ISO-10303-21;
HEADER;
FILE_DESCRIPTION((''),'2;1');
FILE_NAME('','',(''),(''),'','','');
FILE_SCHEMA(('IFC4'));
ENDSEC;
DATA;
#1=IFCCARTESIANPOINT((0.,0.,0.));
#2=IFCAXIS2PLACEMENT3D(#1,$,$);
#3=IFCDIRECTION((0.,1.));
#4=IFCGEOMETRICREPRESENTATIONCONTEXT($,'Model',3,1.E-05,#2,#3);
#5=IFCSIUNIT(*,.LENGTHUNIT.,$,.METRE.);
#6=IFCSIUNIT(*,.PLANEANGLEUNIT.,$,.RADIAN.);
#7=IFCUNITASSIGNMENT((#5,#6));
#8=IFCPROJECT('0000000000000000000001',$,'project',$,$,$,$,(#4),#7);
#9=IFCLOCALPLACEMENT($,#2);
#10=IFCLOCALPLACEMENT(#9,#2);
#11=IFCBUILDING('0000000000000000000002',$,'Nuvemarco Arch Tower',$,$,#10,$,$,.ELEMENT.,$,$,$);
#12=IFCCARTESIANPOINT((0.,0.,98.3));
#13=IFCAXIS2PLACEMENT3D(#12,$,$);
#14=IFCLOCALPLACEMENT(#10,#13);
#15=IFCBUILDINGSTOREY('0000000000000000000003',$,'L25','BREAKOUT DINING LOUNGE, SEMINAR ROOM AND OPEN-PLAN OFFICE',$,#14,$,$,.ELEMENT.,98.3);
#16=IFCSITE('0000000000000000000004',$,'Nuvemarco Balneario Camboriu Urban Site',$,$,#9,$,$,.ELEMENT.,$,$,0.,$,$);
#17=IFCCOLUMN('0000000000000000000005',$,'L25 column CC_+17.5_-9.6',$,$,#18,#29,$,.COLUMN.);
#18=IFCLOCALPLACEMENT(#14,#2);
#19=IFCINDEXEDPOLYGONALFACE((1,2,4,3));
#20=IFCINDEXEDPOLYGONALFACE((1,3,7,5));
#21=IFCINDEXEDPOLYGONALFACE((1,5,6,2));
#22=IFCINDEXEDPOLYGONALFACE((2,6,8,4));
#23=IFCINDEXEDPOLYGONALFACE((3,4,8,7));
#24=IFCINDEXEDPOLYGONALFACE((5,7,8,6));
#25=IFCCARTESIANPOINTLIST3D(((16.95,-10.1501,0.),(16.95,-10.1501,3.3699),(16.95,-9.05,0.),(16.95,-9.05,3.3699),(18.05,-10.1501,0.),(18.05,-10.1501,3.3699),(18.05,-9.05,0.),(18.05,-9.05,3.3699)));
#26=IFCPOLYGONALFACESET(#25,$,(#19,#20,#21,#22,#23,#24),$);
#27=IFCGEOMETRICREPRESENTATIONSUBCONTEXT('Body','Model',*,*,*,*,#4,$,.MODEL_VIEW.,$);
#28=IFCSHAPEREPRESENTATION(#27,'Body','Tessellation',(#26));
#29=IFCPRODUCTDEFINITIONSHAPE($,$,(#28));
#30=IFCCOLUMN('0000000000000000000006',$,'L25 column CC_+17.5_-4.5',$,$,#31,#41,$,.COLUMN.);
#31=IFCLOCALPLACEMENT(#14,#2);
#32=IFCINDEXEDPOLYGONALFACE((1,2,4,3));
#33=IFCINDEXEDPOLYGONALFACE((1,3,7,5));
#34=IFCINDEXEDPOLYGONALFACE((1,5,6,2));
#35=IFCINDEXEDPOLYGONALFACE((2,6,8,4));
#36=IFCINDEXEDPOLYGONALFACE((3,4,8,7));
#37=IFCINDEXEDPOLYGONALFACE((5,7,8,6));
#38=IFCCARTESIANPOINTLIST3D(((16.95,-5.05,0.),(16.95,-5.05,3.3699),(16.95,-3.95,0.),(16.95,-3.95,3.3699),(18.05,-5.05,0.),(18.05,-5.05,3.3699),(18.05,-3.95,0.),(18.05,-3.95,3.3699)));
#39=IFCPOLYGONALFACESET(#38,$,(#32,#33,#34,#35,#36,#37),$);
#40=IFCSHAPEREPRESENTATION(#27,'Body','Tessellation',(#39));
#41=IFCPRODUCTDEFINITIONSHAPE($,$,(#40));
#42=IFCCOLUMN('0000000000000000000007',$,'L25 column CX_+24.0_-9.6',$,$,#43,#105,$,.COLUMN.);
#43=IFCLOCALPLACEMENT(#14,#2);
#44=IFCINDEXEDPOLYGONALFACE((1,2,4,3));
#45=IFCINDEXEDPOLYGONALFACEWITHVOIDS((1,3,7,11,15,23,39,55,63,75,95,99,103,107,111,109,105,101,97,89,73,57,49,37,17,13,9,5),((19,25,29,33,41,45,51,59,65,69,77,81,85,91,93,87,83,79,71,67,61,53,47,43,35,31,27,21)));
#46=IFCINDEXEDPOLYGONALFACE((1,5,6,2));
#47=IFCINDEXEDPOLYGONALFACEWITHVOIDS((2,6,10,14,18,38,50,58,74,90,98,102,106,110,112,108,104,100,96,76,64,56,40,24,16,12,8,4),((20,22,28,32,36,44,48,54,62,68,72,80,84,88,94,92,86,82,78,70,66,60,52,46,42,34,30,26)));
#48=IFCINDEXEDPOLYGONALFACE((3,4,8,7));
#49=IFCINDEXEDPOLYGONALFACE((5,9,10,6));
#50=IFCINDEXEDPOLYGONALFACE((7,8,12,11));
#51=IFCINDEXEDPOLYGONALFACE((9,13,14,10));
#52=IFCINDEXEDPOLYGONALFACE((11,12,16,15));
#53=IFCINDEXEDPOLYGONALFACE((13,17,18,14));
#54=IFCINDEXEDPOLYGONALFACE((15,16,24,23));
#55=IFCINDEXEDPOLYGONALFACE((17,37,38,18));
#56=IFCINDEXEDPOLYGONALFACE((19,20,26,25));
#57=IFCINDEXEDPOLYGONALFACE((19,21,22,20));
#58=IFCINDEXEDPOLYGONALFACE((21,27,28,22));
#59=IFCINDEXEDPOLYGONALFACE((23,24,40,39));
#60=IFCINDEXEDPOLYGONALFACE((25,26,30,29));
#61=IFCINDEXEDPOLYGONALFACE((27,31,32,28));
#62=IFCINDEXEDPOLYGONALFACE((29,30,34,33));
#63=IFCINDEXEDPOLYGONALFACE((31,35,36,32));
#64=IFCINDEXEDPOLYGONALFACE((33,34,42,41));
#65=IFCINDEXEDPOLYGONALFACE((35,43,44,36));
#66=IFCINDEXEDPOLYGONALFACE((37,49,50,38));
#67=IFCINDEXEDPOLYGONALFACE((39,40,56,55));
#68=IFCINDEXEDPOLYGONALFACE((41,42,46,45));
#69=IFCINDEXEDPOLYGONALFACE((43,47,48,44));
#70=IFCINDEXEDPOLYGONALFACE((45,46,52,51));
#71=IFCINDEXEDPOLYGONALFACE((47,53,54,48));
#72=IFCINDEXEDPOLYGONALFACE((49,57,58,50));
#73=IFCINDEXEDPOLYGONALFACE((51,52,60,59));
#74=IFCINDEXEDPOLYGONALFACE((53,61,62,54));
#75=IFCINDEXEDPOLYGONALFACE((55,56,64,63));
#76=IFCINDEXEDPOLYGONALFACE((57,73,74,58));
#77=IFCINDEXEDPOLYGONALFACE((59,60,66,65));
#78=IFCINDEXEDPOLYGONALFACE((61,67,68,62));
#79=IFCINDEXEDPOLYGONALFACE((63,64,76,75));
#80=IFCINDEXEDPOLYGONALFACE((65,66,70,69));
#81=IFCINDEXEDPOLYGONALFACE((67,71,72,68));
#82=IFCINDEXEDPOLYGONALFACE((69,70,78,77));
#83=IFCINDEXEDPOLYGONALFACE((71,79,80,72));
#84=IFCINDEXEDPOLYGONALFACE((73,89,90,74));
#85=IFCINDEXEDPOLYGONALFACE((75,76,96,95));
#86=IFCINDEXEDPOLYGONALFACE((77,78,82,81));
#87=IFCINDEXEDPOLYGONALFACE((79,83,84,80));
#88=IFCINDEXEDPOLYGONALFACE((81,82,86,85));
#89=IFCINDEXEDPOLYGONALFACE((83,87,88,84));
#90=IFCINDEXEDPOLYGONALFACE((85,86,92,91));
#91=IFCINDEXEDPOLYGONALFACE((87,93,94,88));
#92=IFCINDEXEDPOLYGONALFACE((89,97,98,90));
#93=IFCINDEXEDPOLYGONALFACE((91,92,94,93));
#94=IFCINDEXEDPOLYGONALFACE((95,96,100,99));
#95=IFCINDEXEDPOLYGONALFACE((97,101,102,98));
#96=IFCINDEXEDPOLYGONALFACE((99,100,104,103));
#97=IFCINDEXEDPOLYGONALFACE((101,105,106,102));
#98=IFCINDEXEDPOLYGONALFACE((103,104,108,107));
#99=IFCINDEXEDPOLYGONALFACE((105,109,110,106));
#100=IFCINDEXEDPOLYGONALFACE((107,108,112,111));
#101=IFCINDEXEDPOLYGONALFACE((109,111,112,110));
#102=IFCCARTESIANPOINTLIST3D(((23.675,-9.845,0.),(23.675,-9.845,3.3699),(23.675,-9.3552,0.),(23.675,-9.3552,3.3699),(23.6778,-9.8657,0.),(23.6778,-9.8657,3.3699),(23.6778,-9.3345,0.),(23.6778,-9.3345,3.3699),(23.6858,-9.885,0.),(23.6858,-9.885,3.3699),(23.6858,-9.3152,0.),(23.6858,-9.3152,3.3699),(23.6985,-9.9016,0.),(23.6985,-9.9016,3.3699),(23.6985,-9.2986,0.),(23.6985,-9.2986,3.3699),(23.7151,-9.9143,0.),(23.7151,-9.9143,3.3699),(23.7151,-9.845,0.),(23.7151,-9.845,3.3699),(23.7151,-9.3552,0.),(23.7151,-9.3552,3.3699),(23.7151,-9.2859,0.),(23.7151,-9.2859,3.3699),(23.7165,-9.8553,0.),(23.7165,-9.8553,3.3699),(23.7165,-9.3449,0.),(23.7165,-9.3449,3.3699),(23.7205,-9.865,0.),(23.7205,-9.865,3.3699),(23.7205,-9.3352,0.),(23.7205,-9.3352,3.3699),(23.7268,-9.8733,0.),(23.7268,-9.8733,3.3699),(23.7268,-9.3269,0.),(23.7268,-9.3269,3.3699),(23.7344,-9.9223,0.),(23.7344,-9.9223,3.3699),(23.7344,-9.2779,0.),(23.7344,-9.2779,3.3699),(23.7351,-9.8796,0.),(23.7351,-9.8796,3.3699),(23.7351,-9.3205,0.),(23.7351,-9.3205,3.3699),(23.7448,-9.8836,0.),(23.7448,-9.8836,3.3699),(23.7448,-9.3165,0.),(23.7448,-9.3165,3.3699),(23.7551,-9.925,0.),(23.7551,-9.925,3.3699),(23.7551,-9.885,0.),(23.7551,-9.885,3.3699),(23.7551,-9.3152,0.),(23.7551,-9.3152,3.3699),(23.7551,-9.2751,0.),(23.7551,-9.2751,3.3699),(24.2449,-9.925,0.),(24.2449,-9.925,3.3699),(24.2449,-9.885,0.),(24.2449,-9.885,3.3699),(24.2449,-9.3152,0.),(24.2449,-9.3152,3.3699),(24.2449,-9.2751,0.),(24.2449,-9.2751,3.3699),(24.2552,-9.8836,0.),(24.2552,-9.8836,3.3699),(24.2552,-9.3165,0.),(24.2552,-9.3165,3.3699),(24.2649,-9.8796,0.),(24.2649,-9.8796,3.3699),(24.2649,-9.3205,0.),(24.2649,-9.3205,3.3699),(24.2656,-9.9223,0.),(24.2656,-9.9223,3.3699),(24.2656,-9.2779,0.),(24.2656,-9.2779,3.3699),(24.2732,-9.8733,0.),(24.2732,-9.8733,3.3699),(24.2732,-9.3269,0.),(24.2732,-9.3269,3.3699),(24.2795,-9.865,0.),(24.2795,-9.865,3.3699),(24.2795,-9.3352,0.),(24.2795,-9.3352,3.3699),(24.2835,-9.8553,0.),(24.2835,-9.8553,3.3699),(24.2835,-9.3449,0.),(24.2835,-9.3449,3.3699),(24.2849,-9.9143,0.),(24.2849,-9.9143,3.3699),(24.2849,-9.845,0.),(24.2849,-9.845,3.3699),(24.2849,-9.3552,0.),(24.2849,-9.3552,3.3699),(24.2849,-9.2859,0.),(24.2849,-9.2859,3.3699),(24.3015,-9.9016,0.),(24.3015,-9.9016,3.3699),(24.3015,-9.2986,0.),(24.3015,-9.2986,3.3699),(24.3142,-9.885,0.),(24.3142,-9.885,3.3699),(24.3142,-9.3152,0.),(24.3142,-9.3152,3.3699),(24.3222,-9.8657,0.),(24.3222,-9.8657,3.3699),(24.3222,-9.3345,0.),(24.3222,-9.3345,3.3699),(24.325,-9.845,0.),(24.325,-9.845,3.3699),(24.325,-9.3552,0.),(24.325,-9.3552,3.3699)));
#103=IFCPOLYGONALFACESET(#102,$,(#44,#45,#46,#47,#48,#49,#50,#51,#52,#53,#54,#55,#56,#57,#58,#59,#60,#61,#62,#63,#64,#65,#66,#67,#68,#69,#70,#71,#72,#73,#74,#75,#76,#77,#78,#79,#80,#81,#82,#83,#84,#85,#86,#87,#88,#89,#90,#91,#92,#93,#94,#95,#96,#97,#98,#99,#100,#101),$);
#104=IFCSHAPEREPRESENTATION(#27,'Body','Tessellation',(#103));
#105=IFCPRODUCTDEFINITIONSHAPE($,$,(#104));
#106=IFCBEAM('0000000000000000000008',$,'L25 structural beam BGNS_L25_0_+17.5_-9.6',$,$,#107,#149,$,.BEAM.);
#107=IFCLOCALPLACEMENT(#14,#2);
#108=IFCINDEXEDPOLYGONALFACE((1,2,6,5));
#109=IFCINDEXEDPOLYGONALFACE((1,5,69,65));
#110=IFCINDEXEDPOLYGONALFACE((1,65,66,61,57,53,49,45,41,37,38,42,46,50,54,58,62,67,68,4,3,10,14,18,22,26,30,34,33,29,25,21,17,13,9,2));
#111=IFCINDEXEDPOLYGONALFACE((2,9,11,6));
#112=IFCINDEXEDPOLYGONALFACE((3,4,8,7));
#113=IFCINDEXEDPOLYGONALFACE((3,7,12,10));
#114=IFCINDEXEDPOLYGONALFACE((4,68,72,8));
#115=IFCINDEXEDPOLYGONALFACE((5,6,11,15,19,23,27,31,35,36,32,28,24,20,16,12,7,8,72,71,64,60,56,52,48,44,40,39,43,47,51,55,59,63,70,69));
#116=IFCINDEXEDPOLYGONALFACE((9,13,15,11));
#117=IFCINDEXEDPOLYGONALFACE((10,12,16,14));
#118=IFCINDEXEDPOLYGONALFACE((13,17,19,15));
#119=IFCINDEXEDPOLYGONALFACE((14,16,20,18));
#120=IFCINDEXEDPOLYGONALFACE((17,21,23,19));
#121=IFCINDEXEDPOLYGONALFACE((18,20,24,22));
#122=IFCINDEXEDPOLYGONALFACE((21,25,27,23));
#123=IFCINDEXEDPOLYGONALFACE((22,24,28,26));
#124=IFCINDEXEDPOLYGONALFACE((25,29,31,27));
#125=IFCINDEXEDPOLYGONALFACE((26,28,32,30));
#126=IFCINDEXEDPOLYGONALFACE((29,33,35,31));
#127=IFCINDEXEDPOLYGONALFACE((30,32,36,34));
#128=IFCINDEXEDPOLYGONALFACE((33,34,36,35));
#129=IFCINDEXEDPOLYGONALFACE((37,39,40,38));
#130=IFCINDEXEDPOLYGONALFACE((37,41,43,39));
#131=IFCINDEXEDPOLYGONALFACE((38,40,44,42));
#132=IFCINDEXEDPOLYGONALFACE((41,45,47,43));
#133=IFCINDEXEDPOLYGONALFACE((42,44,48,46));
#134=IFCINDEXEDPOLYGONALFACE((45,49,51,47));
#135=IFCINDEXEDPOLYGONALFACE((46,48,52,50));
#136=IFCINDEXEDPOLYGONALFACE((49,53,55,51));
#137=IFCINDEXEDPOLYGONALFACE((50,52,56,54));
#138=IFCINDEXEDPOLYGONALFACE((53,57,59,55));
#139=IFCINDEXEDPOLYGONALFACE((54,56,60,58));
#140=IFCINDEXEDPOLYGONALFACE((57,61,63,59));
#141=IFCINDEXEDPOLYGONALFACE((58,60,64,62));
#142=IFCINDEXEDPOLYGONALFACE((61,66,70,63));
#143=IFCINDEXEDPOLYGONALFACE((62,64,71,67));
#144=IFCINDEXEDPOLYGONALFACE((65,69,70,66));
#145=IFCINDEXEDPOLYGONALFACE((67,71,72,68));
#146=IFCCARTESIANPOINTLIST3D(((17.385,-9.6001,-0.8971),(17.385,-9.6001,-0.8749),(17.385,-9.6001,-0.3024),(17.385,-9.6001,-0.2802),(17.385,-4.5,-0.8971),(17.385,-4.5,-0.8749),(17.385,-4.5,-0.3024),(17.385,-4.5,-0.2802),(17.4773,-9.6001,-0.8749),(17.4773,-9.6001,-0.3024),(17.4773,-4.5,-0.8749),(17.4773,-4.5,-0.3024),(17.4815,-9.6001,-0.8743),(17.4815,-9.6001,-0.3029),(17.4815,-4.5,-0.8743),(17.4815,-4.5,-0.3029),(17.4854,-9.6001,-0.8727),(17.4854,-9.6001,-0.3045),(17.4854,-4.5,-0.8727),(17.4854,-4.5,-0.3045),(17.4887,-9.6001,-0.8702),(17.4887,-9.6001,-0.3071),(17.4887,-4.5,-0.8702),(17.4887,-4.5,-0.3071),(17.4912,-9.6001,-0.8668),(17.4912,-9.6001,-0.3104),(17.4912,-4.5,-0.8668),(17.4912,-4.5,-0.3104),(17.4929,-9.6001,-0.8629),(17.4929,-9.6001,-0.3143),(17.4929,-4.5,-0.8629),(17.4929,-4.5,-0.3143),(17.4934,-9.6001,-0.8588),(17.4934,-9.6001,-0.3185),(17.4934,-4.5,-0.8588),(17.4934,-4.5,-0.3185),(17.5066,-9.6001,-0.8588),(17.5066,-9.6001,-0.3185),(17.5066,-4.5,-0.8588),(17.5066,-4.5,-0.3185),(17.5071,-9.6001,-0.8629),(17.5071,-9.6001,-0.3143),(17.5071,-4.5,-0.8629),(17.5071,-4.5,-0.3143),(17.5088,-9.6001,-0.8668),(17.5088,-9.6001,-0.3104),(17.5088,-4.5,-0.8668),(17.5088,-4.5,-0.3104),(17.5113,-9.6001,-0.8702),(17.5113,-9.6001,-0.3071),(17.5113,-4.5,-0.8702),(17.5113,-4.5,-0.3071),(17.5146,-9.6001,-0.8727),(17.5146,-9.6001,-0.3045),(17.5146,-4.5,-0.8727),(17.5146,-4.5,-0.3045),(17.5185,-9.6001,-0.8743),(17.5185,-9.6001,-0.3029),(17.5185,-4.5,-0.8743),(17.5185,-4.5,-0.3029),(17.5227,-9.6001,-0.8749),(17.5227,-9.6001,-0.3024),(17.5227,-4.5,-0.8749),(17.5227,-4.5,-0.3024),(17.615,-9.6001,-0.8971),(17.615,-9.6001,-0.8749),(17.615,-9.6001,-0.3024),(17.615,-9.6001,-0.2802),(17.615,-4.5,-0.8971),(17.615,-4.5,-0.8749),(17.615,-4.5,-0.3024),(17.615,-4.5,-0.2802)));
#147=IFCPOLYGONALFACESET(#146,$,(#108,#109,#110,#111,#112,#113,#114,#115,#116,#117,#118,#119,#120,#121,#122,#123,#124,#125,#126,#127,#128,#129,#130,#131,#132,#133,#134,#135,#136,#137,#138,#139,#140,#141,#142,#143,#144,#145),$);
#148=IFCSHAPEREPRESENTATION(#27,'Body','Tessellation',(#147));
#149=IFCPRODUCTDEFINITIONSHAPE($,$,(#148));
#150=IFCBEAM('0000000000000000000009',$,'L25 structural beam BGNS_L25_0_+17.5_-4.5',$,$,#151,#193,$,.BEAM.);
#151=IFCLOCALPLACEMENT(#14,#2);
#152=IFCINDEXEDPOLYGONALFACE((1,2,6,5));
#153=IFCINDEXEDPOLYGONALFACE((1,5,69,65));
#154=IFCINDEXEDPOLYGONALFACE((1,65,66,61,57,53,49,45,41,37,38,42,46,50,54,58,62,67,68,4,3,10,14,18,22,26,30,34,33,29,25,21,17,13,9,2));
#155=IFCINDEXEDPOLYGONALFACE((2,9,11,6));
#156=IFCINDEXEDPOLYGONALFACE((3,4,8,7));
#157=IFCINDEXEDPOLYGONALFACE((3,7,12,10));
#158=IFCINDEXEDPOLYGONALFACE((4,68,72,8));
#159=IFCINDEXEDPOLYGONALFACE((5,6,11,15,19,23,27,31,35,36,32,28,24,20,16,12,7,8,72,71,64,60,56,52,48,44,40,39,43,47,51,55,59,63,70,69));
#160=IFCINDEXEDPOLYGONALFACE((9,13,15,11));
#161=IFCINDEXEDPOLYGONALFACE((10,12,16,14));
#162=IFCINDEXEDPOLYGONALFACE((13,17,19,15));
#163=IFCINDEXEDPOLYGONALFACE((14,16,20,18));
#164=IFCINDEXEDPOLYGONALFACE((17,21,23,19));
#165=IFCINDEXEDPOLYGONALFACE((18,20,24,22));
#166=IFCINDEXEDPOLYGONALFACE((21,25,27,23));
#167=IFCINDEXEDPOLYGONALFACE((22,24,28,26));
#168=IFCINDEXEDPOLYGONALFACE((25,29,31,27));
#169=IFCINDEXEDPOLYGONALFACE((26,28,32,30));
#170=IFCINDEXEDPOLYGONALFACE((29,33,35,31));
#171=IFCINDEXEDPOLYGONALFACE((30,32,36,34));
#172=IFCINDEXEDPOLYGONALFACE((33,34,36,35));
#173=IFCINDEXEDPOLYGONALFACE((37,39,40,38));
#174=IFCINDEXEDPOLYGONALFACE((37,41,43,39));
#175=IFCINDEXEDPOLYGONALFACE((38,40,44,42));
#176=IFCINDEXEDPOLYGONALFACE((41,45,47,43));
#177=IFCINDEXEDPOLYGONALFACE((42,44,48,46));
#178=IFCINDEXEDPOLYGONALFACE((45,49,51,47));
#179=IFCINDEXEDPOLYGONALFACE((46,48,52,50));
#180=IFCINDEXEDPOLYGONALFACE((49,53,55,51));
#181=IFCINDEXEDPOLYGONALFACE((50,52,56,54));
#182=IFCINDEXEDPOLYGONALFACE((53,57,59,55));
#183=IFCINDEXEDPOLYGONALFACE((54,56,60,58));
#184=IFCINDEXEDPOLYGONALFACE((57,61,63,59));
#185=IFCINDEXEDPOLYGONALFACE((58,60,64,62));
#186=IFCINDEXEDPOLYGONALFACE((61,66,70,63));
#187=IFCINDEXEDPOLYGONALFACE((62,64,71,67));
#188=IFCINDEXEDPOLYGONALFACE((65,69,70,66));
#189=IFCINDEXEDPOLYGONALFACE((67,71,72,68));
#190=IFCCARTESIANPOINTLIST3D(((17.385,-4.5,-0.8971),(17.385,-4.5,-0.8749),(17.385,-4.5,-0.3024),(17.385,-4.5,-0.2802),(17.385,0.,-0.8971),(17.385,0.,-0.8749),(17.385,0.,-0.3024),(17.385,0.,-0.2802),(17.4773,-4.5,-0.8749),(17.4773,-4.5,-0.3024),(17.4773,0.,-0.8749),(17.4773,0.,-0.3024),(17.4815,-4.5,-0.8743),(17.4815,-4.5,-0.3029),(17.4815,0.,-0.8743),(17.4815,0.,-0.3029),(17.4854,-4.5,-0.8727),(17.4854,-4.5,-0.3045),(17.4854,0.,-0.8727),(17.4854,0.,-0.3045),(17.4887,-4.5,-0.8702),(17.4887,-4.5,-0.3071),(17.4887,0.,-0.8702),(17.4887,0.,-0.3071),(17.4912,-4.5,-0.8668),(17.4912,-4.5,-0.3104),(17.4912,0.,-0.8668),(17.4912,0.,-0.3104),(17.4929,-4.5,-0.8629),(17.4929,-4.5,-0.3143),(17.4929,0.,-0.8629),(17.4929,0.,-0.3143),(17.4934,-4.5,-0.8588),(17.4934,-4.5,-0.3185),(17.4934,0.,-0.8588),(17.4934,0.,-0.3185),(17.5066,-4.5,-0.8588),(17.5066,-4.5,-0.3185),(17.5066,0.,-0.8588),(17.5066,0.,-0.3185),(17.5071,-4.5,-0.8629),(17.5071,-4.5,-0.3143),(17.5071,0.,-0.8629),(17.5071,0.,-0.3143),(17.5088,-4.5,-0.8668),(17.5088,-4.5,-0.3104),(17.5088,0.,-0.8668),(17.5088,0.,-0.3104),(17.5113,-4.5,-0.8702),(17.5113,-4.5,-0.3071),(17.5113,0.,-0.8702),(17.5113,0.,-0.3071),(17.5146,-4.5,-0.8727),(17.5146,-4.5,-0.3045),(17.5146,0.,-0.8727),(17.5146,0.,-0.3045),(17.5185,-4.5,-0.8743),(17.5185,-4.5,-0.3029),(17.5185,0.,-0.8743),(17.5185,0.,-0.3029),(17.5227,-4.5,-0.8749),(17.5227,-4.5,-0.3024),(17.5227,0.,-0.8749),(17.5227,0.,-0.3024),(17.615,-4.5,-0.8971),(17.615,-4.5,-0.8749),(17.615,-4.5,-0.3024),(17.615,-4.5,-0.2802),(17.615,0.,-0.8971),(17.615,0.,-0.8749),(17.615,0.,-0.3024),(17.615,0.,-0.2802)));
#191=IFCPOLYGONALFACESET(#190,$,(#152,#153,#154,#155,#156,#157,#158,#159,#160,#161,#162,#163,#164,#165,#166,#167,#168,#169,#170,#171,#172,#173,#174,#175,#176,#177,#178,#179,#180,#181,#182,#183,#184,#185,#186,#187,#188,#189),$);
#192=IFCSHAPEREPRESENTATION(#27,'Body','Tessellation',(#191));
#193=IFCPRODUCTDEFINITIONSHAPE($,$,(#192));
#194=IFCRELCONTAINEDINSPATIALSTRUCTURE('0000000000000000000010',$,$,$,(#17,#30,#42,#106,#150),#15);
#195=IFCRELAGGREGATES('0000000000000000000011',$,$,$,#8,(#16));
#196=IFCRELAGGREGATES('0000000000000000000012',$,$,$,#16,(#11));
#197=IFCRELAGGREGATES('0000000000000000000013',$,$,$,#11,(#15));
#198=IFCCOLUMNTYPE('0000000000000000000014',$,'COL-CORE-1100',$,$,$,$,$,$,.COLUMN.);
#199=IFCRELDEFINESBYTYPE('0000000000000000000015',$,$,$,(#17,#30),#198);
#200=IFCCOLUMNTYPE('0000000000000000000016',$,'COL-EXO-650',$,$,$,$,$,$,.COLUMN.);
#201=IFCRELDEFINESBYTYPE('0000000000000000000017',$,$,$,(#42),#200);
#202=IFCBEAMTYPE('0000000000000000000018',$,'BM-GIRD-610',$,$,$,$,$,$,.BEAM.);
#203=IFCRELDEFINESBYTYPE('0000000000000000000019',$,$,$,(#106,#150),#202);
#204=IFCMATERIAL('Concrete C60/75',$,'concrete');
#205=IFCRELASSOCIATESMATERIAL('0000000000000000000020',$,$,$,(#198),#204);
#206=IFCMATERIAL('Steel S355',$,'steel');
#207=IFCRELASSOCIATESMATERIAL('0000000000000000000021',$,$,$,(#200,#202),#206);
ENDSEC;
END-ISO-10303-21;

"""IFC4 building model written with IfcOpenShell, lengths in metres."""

from ifc_helpers import new_model, si_unit, direction, frame, origin, origin_2d, place, context, subcontext, project, spatial, rectangle, hollow_rectangle, i_section, extrude, material, material_profile, profile_set, type_object, element, save


model = new_model("IFC4")

# Units and contexts
model_context = context("Model", 3, precision=1e-05, world=origin(), true_north=direction((0.0, 1.0)))
body_context = subcontext(model_context, "Body", "Model", "MODEL_VIEW")
ifc_project = project(units=[si_unit("LENGTHUNIT", "METRE"), si_unit("PLANEANGLEUNIT", "RADIAN")], contexts=[model_context])

# Site, building, storey
site_placement = place(None, origin())
site = spatial("IfcSite", under=ifc_project, at=site_placement, Name="Nuvemarco Balneario Camboriu Urban Site", CompositionType="ELEMENT", RefElevation=0.0)
building_placement = place(site_placement, origin())
building = spatial("IfcBuilding", under=site, at=building_placement, Name="Nuvemarco Arch Tower", CompositionType="ELEMENT")
storey_placement = place(building_placement, frame((0.0, 0.0, 98.3)))
storey = spatial("IfcBuildingStorey", under=building, at=storey_placement, Name="L25", Description="BREAKOUT DINING LOUNGE, SEMINAR ROOM AND OPEN-PLAN OFFICE", CompositionType="ELEMENT", Elevation=98.3)

# Columns
ifc_material_1 = material(Name="Concrete C60/75", Category="concrete")
ifc_material_profile_1 = material_profile(ifc_material_1, rectangle(XDim=1.1001, YDim=1.1001, at=origin_2d()), Name="RC-COL-1100x1100")
ifc_profile_set_1 = profile_set([ifc_material_profile_1], Name="Concrete C60/75")
column_type_1 = type_object("IfcColumnType", Name="COL-CORE-1100", PredefinedType="COLUMN", material=ifc_profile_set_1)
for number, where, z_axis, x_axis, name in (
    (1, (17.5, -9.6001, 0.0), (0.0, 0.0, 1.0), (1.0, 0.0, 0.0), "L25 column CC_+17.5_-9.6"),
    (2, (17.5, -4.5, 0.0), (0.0, 0.0, 1.0), (1.0, 0.0, 0.0), "L25 column CC_+17.5_-4.5"),
):
    element("IfcColumn", number, at=place(storey_placement, frame(where, z_axis=z_axis, x_axis=x_axis)), inside=storey, type_object=column_type_1, Name=name, PredefinedType="COLUMN", context=body_context, shape_type="SweptSolid", body=[
        extrude(rectangle(XDim=1.1001, YDim=1.1001, at=origin_2d()), origin(), (0.0, 0.0, 1.0), 3.3699),
    ])
ifc_material_2 = material(Name="Steel S355", Category="steel")
ifc_material_profile_2 = material_profile(ifc_material_2, hollow_rectangle(XDim=0.6499, YDim=0.6499, WallThickness=0.04, InnerFilletRadius=0.04, OuterFilletRadius=0.0801, at=origin_2d()), Name="SHS650x650x40")
ifc_profile_set_2 = profile_set([ifc_material_profile_2], Name="Steel S355")
column_type_2 = type_object("IfcColumnType", Name="COL-EXO-650", PredefinedType="COLUMN", material=ifc_profile_set_2)
column_placement = place(storey_placement, frame((24.0, -9.6001, 0.0), z_axis=(0.0, 0.0, 1.0), x_axis=(1.0, 0.0, 0.0)))
element("IfcColumn", 3, at=column_placement, inside=storey, type_object=column_type_2, Name="L25 column CX_+24.0_-9.6", PredefinedType="COLUMN", context=body_context, shape_type="SweptSolid", body=[
    extrude(hollow_rectangle(XDim=0.6499, YDim=0.6499, WallThickness=0.04, InnerFilletRadius=0.04, OuterFilletRadius=0.0801, at=origin_2d()), origin(), (0.0, 0.0, 1.0), 3.3699),
])

# Beams
ifc_material_profile_3 = material_profile(ifc_material_2, i_section(OverallWidth=0.23, OverallDepth=0.6169, WebThickness=0.0132, FlangeThickness=0.0222, FilletRadius=0.0161, at=origin_2d()), Name="W610x140")
ifc_profile_set_3 = profile_set([ifc_material_profile_3], Name="Steel S355")
beam_type_1 = type_object("IfcBeamType", Name="BM-GIRD-610", PredefinedType="BEAM", material=ifc_profile_set_3)
beam_1_placement = place(storey_placement, frame((17.5, -9.6001, -0.5886), z_axis=(0.0, 1.0, 0.0), x_axis=(-1.0, 0.0, 0.0)))
element("IfcBeam", 4, at=beam_1_placement, inside=storey, type_object=beam_type_1, Name="L25 structural beam BGNS_L25_0_+17.5_-9.6", PredefinedType="BEAM", context=body_context, shape_type="SweptSolid", body=[
    extrude(i_section(OverallWidth=0.23, OverallDepth=0.6169, WebThickness=0.0132, FlangeThickness=0.0222, FilletRadius=0.0161, at=origin_2d()), origin(), (0.0, 0.0, 1.0), 5.1001),
])
beam_2_placement = place(storey_placement, frame((17.5, -4.5, -0.5886), z_axis=(0.0, 1.0, 0.0), x_axis=(-1.0, 0.0, 0.0)))
element("IfcBeam", 5, at=beam_2_placement, inside=storey, type_object=beam_type_1, Name="L25 structural beam BGNS_L25_0_+17.5_-4.5", PredefinedType="BEAM", context=body_context, shape_type="SweptSolid", body=[
    extrude(i_section(OverallWidth=0.23, OverallDepth=0.6169, WebThickness=0.0132, FlangeThickness=0.0222, FilletRadius=0.0161, at=origin_2d()), origin(), (0.0, 0.0, 1.0), 4.5),
])

save(model, "model.ifc")
